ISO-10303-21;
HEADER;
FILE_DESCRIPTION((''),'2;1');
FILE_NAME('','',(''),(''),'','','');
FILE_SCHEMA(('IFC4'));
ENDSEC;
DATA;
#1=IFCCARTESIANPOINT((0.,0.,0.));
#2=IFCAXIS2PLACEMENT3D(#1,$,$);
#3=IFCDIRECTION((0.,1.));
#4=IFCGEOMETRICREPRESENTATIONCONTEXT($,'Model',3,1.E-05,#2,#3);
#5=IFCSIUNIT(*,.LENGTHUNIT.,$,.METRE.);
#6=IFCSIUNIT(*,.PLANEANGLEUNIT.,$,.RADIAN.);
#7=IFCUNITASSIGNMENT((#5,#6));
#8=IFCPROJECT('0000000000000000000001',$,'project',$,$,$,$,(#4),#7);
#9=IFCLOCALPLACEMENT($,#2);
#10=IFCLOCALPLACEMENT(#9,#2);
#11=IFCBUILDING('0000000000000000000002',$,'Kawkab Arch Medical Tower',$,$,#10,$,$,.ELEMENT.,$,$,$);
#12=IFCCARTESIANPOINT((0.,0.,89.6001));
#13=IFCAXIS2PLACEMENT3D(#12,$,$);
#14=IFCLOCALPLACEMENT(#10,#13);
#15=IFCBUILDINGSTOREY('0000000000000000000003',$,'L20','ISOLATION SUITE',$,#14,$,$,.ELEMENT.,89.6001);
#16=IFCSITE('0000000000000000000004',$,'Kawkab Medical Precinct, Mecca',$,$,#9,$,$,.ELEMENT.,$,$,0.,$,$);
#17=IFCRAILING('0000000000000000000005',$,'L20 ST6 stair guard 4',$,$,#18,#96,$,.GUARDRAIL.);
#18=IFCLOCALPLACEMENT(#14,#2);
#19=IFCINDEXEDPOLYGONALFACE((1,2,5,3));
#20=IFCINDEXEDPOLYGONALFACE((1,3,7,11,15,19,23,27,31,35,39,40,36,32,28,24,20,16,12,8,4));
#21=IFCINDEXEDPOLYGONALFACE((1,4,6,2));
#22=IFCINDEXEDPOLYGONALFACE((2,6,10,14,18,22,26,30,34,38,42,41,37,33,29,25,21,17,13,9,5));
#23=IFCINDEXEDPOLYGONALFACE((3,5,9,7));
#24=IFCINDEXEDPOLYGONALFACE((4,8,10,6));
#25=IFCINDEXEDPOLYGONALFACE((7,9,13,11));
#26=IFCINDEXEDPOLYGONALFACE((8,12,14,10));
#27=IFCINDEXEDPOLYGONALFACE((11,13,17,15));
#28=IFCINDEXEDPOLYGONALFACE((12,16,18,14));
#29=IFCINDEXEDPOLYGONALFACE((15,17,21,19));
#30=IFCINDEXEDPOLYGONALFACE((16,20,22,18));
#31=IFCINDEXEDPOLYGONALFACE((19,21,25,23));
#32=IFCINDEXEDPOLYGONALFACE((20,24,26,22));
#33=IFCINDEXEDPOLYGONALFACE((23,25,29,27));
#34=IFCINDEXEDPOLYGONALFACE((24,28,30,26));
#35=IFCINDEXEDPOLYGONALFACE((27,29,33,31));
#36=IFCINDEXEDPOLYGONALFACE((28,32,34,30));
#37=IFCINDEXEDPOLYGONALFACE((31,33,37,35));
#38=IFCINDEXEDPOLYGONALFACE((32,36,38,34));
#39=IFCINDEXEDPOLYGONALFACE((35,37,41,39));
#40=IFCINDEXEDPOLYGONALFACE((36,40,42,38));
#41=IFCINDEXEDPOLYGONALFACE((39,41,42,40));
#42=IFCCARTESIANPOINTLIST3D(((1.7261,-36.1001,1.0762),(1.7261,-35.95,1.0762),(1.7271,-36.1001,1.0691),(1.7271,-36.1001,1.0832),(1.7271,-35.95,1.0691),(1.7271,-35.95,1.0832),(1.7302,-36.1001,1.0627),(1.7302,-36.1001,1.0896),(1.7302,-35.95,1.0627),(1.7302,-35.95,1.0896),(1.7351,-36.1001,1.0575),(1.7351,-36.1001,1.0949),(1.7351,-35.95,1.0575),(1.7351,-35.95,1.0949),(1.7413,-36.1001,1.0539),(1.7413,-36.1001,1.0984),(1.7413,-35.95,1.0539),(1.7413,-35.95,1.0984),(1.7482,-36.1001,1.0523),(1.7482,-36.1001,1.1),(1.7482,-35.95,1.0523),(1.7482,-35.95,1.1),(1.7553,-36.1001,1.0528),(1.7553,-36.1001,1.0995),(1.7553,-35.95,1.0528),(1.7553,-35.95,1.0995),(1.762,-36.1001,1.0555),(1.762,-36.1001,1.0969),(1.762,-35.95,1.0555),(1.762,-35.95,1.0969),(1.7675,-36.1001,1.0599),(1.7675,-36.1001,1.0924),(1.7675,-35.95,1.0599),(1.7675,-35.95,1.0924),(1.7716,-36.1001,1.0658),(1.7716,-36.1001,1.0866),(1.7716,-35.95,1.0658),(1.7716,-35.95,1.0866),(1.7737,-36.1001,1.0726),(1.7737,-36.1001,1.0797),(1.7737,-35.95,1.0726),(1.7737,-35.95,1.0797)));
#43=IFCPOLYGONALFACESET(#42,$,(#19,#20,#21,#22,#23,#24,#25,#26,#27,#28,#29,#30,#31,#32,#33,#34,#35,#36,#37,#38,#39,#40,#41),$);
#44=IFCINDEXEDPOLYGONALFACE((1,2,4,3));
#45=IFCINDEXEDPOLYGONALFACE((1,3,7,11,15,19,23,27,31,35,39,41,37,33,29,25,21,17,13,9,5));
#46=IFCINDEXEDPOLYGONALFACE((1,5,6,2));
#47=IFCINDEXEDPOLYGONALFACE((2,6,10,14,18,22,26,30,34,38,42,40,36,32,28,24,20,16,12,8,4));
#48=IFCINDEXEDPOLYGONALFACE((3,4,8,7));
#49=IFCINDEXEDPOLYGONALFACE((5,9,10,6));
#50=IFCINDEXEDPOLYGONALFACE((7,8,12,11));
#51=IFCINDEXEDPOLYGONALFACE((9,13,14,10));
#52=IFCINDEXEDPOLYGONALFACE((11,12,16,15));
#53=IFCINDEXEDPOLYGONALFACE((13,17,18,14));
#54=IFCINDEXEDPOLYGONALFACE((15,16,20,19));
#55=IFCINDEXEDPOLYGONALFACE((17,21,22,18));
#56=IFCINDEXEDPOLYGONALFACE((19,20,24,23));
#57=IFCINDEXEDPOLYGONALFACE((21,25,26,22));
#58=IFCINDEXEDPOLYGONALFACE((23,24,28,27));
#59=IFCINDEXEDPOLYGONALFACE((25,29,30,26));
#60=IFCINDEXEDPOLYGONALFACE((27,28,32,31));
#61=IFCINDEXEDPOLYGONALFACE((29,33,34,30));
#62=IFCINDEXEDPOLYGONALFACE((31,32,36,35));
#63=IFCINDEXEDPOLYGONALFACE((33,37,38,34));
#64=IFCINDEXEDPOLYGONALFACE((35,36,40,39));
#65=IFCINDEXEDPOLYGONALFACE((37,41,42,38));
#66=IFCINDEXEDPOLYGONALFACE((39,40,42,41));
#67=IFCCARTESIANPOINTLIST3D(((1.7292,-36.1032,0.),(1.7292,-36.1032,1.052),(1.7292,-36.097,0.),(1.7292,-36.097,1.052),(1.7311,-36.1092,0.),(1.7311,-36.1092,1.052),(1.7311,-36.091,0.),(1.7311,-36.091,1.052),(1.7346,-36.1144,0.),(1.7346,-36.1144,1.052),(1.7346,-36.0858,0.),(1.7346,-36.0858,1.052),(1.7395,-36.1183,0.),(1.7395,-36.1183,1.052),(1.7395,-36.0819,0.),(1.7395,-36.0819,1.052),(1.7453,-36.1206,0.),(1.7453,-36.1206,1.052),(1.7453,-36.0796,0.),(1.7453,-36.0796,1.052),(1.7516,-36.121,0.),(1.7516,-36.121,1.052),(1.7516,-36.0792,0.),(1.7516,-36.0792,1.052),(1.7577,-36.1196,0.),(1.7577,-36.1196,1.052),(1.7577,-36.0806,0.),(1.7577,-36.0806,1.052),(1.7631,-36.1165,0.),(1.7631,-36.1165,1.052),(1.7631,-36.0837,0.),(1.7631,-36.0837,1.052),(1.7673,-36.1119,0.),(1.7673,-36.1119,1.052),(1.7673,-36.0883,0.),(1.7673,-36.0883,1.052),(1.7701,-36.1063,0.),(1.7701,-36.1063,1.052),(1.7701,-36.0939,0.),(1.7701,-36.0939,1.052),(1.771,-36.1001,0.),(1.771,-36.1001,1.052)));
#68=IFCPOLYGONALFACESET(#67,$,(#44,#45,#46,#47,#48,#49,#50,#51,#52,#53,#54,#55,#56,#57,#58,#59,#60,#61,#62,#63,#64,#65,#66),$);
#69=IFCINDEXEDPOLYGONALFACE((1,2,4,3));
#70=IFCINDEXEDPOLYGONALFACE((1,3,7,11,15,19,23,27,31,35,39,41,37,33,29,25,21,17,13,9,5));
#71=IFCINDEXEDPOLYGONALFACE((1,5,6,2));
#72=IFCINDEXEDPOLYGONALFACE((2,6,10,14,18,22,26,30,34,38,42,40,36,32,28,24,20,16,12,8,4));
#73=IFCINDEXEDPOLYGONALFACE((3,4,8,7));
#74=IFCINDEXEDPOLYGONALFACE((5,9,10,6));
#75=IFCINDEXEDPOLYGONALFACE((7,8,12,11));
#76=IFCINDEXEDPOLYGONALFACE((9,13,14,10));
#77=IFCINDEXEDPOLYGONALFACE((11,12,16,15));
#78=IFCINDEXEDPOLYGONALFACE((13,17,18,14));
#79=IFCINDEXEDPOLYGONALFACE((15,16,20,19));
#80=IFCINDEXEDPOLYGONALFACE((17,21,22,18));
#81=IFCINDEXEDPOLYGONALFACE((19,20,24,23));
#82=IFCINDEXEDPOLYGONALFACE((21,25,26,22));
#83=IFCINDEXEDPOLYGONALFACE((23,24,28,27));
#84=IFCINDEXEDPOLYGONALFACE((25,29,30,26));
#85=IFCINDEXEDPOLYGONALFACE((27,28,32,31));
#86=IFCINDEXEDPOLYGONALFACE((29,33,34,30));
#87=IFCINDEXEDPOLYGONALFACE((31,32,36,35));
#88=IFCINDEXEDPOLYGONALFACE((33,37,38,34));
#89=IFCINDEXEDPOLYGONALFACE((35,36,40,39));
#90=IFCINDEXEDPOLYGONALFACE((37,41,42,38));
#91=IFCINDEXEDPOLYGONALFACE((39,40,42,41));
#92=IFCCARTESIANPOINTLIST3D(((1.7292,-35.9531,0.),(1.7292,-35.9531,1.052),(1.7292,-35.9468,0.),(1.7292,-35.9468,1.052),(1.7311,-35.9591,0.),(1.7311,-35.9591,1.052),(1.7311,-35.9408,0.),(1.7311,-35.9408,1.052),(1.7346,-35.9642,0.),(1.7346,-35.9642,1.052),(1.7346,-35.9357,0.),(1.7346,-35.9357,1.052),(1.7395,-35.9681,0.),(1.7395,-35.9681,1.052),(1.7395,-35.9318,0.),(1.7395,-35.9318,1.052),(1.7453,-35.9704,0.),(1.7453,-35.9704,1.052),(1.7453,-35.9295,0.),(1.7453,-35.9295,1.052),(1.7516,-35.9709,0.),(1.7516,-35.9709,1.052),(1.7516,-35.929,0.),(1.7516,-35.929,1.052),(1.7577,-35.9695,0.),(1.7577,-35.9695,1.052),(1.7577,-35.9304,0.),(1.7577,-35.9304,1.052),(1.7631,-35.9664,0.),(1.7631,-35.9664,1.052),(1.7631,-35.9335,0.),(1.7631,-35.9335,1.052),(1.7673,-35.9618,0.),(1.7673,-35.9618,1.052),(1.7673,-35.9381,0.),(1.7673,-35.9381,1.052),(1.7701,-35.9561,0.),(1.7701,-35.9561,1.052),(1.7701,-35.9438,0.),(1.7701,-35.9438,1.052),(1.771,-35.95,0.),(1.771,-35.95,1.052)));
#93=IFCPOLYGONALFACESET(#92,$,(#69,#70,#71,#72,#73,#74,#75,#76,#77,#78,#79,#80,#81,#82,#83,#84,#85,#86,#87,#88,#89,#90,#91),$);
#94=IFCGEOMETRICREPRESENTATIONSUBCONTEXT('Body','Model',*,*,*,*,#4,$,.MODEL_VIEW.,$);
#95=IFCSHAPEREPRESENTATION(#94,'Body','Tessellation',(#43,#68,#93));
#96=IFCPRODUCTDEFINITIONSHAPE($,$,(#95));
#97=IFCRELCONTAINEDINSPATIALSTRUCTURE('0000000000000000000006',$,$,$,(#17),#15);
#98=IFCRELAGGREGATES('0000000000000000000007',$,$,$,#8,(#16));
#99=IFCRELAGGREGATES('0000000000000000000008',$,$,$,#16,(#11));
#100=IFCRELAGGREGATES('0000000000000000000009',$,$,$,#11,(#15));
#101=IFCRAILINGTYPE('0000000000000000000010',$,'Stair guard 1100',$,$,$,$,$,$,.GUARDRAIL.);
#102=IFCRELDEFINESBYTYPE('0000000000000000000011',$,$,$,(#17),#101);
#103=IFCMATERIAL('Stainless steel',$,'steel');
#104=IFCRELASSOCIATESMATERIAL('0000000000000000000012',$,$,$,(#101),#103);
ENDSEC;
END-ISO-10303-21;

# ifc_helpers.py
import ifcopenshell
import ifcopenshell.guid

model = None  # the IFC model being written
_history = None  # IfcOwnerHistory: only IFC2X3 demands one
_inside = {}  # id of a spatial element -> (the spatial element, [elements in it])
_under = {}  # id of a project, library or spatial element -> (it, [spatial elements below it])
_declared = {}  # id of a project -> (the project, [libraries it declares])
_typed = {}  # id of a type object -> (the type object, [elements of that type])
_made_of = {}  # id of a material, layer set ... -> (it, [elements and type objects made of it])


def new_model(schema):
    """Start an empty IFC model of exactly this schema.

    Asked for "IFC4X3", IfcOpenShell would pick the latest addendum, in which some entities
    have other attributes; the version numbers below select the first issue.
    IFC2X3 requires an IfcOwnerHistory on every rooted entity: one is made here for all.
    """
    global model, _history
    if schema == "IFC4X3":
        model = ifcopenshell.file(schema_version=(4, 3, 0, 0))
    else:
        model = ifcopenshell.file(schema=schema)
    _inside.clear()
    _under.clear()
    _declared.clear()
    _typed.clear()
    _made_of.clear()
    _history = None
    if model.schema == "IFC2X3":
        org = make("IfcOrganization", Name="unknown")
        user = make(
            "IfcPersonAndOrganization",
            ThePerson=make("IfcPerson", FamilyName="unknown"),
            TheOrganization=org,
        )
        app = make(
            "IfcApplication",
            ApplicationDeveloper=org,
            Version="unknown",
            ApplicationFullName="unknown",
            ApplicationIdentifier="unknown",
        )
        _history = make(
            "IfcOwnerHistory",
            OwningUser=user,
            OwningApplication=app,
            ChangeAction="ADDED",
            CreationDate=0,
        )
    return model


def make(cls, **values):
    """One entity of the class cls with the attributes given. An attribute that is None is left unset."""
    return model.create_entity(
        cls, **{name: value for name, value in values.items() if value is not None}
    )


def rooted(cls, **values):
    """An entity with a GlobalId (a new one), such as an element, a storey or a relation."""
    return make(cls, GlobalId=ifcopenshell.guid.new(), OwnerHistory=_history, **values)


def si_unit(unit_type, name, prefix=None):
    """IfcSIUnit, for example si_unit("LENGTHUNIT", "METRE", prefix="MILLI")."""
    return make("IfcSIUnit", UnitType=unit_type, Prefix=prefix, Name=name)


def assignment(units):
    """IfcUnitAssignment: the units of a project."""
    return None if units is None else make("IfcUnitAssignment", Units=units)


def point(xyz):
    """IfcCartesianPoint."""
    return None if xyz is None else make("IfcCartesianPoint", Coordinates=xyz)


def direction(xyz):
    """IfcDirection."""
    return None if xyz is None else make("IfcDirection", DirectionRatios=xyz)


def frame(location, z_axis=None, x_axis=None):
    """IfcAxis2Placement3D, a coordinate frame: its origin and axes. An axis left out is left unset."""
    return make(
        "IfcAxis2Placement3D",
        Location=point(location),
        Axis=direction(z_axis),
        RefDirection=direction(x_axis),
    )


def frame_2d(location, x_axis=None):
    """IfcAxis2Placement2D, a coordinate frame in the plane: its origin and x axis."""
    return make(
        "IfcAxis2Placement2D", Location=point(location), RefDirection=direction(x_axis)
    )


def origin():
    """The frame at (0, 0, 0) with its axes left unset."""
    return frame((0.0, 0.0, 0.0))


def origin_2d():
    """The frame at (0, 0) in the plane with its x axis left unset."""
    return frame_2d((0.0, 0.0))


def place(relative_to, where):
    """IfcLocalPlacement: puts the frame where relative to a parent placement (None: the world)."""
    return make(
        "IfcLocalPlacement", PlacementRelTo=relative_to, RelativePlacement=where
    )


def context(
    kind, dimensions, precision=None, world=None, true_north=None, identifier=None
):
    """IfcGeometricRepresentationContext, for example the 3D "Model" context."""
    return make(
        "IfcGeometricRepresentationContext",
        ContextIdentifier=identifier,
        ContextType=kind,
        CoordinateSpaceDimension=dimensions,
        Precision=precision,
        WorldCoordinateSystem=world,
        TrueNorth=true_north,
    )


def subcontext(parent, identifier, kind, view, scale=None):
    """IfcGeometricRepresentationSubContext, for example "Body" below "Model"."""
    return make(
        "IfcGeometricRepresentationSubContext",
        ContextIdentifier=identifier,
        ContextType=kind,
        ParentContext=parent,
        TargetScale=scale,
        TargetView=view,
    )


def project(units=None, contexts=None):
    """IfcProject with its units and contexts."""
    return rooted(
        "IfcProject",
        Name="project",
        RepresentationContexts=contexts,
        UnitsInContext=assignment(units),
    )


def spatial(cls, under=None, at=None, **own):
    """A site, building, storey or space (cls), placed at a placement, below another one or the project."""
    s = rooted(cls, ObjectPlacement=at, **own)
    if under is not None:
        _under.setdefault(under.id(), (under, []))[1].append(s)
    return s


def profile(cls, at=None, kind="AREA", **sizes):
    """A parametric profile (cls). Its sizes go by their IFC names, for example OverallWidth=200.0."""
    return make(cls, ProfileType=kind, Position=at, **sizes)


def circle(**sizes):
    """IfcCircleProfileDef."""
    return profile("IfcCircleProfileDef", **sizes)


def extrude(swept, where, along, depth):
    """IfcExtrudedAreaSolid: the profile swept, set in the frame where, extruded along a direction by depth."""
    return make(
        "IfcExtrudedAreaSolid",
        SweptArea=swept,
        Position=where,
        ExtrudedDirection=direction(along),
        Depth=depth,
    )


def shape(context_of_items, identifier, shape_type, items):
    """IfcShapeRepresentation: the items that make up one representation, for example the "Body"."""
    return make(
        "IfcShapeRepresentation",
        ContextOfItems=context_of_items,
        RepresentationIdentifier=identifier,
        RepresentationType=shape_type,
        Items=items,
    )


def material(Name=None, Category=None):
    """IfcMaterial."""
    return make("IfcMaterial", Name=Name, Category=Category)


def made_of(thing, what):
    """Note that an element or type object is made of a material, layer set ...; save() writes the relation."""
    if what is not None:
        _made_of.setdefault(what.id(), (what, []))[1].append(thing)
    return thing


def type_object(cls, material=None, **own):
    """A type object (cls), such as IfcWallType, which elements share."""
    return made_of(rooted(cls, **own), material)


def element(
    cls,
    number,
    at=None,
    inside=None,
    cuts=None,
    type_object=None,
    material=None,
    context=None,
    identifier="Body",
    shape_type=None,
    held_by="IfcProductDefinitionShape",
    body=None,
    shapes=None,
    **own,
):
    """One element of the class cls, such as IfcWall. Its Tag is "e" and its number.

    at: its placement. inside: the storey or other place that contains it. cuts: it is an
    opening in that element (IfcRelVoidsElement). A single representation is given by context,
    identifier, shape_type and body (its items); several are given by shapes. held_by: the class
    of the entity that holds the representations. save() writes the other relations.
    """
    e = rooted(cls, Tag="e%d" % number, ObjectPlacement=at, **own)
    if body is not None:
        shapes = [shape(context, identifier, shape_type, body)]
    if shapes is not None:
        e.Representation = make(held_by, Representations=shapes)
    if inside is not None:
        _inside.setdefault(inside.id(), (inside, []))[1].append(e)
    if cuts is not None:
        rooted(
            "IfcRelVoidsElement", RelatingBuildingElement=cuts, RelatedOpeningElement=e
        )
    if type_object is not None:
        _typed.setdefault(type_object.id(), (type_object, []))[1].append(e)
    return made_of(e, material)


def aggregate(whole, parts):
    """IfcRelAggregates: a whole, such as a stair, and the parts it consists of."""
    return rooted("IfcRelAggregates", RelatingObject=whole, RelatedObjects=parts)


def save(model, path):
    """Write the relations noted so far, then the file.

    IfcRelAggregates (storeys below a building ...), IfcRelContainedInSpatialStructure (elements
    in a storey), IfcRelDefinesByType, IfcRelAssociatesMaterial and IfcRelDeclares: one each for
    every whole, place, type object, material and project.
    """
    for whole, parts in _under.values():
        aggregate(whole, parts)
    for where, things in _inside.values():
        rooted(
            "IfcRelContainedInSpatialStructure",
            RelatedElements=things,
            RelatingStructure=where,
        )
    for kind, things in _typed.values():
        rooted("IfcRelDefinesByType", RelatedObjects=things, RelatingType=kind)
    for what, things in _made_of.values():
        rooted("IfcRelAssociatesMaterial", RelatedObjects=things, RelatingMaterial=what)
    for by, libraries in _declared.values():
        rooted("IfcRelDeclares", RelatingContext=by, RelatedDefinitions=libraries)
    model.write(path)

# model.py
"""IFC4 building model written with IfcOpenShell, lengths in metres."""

from ifc_helpers import new_model, si_unit, direction, frame, origin, origin_2d, place, context, subcontext, project, spatial, circle, extrude, material, type_object, element, save


model = new_model("IFC4")

# Units and contexts
model_context = context("Model", 3, precision=1e-05, world=origin(), true_north=direction((0.0, 1.0)))
body_context = subcontext(model_context, "Body", "Model", "MODEL_VIEW")
ifc_project = project(units=[si_unit("LENGTHUNIT", "METRE"), si_unit("PLANEANGLEUNIT", "RADIAN")], contexts=[model_context])

# Site, building, storey
site_placement = place(None, origin())
site = spatial("IfcSite", under=ifc_project, at=site_placement, Name="Kawkab Medical Precinct, Mecca", CompositionType="ELEMENT", RefElevation=0.0)
building_placement = place(site_placement, origin())
building = spatial("IfcBuilding", under=site, at=building_placement, Name="Kawkab Arch Medical Tower", CompositionType="ELEMENT")
storey_placement = place(building_placement, frame((0.0, 0.0, 89.6001)))
storey = spatial("IfcBuildingStorey", under=building, at=storey_placement, Name="L20", Description="ISOLATION SUITE", CompositionType="ELEMENT", Elevation=89.6001)

# Railing
ifc_material_1 = material(Name="Stainless steel", Category="steel")
railing_type = type_object("IfcRailingType", Name="Stair guard 1100", PredefinedType="GUARDRAIL", material=ifc_material_1)
railing_1_placement = place(storey_placement, frame((1.75, -36.1001, 0.0)))
element("IfcRailing", 1, at=railing_1_placement, inside=storey, type_object=railing_type, Name="L20 ST6 stair guard 4", PredefinedType="GUARDRAIL", context=body_context, shape_type="SweptSolid", body=[
    extrude(circle(Radius=0.0239, at=origin_2d()), frame((0.0, 0.0, 1.0762), z_axis=(0.0, 1.0, 0.0), x_axis=(-1.0, 0.0, 0.0)), (0.0, 0.0, 1.0), 0.1501),
    extrude(circle(Radius=0.021, at=origin_2d()), origin(), (0.0, 0.0, 1.0), 1.052),
    extrude(circle(Radius=0.021, at=origin_2d()), frame((0.0, 0.1501, 0.0)), (0.0, 0.0, 1.0), 1.052),
])

save(model, "model.ifc")
